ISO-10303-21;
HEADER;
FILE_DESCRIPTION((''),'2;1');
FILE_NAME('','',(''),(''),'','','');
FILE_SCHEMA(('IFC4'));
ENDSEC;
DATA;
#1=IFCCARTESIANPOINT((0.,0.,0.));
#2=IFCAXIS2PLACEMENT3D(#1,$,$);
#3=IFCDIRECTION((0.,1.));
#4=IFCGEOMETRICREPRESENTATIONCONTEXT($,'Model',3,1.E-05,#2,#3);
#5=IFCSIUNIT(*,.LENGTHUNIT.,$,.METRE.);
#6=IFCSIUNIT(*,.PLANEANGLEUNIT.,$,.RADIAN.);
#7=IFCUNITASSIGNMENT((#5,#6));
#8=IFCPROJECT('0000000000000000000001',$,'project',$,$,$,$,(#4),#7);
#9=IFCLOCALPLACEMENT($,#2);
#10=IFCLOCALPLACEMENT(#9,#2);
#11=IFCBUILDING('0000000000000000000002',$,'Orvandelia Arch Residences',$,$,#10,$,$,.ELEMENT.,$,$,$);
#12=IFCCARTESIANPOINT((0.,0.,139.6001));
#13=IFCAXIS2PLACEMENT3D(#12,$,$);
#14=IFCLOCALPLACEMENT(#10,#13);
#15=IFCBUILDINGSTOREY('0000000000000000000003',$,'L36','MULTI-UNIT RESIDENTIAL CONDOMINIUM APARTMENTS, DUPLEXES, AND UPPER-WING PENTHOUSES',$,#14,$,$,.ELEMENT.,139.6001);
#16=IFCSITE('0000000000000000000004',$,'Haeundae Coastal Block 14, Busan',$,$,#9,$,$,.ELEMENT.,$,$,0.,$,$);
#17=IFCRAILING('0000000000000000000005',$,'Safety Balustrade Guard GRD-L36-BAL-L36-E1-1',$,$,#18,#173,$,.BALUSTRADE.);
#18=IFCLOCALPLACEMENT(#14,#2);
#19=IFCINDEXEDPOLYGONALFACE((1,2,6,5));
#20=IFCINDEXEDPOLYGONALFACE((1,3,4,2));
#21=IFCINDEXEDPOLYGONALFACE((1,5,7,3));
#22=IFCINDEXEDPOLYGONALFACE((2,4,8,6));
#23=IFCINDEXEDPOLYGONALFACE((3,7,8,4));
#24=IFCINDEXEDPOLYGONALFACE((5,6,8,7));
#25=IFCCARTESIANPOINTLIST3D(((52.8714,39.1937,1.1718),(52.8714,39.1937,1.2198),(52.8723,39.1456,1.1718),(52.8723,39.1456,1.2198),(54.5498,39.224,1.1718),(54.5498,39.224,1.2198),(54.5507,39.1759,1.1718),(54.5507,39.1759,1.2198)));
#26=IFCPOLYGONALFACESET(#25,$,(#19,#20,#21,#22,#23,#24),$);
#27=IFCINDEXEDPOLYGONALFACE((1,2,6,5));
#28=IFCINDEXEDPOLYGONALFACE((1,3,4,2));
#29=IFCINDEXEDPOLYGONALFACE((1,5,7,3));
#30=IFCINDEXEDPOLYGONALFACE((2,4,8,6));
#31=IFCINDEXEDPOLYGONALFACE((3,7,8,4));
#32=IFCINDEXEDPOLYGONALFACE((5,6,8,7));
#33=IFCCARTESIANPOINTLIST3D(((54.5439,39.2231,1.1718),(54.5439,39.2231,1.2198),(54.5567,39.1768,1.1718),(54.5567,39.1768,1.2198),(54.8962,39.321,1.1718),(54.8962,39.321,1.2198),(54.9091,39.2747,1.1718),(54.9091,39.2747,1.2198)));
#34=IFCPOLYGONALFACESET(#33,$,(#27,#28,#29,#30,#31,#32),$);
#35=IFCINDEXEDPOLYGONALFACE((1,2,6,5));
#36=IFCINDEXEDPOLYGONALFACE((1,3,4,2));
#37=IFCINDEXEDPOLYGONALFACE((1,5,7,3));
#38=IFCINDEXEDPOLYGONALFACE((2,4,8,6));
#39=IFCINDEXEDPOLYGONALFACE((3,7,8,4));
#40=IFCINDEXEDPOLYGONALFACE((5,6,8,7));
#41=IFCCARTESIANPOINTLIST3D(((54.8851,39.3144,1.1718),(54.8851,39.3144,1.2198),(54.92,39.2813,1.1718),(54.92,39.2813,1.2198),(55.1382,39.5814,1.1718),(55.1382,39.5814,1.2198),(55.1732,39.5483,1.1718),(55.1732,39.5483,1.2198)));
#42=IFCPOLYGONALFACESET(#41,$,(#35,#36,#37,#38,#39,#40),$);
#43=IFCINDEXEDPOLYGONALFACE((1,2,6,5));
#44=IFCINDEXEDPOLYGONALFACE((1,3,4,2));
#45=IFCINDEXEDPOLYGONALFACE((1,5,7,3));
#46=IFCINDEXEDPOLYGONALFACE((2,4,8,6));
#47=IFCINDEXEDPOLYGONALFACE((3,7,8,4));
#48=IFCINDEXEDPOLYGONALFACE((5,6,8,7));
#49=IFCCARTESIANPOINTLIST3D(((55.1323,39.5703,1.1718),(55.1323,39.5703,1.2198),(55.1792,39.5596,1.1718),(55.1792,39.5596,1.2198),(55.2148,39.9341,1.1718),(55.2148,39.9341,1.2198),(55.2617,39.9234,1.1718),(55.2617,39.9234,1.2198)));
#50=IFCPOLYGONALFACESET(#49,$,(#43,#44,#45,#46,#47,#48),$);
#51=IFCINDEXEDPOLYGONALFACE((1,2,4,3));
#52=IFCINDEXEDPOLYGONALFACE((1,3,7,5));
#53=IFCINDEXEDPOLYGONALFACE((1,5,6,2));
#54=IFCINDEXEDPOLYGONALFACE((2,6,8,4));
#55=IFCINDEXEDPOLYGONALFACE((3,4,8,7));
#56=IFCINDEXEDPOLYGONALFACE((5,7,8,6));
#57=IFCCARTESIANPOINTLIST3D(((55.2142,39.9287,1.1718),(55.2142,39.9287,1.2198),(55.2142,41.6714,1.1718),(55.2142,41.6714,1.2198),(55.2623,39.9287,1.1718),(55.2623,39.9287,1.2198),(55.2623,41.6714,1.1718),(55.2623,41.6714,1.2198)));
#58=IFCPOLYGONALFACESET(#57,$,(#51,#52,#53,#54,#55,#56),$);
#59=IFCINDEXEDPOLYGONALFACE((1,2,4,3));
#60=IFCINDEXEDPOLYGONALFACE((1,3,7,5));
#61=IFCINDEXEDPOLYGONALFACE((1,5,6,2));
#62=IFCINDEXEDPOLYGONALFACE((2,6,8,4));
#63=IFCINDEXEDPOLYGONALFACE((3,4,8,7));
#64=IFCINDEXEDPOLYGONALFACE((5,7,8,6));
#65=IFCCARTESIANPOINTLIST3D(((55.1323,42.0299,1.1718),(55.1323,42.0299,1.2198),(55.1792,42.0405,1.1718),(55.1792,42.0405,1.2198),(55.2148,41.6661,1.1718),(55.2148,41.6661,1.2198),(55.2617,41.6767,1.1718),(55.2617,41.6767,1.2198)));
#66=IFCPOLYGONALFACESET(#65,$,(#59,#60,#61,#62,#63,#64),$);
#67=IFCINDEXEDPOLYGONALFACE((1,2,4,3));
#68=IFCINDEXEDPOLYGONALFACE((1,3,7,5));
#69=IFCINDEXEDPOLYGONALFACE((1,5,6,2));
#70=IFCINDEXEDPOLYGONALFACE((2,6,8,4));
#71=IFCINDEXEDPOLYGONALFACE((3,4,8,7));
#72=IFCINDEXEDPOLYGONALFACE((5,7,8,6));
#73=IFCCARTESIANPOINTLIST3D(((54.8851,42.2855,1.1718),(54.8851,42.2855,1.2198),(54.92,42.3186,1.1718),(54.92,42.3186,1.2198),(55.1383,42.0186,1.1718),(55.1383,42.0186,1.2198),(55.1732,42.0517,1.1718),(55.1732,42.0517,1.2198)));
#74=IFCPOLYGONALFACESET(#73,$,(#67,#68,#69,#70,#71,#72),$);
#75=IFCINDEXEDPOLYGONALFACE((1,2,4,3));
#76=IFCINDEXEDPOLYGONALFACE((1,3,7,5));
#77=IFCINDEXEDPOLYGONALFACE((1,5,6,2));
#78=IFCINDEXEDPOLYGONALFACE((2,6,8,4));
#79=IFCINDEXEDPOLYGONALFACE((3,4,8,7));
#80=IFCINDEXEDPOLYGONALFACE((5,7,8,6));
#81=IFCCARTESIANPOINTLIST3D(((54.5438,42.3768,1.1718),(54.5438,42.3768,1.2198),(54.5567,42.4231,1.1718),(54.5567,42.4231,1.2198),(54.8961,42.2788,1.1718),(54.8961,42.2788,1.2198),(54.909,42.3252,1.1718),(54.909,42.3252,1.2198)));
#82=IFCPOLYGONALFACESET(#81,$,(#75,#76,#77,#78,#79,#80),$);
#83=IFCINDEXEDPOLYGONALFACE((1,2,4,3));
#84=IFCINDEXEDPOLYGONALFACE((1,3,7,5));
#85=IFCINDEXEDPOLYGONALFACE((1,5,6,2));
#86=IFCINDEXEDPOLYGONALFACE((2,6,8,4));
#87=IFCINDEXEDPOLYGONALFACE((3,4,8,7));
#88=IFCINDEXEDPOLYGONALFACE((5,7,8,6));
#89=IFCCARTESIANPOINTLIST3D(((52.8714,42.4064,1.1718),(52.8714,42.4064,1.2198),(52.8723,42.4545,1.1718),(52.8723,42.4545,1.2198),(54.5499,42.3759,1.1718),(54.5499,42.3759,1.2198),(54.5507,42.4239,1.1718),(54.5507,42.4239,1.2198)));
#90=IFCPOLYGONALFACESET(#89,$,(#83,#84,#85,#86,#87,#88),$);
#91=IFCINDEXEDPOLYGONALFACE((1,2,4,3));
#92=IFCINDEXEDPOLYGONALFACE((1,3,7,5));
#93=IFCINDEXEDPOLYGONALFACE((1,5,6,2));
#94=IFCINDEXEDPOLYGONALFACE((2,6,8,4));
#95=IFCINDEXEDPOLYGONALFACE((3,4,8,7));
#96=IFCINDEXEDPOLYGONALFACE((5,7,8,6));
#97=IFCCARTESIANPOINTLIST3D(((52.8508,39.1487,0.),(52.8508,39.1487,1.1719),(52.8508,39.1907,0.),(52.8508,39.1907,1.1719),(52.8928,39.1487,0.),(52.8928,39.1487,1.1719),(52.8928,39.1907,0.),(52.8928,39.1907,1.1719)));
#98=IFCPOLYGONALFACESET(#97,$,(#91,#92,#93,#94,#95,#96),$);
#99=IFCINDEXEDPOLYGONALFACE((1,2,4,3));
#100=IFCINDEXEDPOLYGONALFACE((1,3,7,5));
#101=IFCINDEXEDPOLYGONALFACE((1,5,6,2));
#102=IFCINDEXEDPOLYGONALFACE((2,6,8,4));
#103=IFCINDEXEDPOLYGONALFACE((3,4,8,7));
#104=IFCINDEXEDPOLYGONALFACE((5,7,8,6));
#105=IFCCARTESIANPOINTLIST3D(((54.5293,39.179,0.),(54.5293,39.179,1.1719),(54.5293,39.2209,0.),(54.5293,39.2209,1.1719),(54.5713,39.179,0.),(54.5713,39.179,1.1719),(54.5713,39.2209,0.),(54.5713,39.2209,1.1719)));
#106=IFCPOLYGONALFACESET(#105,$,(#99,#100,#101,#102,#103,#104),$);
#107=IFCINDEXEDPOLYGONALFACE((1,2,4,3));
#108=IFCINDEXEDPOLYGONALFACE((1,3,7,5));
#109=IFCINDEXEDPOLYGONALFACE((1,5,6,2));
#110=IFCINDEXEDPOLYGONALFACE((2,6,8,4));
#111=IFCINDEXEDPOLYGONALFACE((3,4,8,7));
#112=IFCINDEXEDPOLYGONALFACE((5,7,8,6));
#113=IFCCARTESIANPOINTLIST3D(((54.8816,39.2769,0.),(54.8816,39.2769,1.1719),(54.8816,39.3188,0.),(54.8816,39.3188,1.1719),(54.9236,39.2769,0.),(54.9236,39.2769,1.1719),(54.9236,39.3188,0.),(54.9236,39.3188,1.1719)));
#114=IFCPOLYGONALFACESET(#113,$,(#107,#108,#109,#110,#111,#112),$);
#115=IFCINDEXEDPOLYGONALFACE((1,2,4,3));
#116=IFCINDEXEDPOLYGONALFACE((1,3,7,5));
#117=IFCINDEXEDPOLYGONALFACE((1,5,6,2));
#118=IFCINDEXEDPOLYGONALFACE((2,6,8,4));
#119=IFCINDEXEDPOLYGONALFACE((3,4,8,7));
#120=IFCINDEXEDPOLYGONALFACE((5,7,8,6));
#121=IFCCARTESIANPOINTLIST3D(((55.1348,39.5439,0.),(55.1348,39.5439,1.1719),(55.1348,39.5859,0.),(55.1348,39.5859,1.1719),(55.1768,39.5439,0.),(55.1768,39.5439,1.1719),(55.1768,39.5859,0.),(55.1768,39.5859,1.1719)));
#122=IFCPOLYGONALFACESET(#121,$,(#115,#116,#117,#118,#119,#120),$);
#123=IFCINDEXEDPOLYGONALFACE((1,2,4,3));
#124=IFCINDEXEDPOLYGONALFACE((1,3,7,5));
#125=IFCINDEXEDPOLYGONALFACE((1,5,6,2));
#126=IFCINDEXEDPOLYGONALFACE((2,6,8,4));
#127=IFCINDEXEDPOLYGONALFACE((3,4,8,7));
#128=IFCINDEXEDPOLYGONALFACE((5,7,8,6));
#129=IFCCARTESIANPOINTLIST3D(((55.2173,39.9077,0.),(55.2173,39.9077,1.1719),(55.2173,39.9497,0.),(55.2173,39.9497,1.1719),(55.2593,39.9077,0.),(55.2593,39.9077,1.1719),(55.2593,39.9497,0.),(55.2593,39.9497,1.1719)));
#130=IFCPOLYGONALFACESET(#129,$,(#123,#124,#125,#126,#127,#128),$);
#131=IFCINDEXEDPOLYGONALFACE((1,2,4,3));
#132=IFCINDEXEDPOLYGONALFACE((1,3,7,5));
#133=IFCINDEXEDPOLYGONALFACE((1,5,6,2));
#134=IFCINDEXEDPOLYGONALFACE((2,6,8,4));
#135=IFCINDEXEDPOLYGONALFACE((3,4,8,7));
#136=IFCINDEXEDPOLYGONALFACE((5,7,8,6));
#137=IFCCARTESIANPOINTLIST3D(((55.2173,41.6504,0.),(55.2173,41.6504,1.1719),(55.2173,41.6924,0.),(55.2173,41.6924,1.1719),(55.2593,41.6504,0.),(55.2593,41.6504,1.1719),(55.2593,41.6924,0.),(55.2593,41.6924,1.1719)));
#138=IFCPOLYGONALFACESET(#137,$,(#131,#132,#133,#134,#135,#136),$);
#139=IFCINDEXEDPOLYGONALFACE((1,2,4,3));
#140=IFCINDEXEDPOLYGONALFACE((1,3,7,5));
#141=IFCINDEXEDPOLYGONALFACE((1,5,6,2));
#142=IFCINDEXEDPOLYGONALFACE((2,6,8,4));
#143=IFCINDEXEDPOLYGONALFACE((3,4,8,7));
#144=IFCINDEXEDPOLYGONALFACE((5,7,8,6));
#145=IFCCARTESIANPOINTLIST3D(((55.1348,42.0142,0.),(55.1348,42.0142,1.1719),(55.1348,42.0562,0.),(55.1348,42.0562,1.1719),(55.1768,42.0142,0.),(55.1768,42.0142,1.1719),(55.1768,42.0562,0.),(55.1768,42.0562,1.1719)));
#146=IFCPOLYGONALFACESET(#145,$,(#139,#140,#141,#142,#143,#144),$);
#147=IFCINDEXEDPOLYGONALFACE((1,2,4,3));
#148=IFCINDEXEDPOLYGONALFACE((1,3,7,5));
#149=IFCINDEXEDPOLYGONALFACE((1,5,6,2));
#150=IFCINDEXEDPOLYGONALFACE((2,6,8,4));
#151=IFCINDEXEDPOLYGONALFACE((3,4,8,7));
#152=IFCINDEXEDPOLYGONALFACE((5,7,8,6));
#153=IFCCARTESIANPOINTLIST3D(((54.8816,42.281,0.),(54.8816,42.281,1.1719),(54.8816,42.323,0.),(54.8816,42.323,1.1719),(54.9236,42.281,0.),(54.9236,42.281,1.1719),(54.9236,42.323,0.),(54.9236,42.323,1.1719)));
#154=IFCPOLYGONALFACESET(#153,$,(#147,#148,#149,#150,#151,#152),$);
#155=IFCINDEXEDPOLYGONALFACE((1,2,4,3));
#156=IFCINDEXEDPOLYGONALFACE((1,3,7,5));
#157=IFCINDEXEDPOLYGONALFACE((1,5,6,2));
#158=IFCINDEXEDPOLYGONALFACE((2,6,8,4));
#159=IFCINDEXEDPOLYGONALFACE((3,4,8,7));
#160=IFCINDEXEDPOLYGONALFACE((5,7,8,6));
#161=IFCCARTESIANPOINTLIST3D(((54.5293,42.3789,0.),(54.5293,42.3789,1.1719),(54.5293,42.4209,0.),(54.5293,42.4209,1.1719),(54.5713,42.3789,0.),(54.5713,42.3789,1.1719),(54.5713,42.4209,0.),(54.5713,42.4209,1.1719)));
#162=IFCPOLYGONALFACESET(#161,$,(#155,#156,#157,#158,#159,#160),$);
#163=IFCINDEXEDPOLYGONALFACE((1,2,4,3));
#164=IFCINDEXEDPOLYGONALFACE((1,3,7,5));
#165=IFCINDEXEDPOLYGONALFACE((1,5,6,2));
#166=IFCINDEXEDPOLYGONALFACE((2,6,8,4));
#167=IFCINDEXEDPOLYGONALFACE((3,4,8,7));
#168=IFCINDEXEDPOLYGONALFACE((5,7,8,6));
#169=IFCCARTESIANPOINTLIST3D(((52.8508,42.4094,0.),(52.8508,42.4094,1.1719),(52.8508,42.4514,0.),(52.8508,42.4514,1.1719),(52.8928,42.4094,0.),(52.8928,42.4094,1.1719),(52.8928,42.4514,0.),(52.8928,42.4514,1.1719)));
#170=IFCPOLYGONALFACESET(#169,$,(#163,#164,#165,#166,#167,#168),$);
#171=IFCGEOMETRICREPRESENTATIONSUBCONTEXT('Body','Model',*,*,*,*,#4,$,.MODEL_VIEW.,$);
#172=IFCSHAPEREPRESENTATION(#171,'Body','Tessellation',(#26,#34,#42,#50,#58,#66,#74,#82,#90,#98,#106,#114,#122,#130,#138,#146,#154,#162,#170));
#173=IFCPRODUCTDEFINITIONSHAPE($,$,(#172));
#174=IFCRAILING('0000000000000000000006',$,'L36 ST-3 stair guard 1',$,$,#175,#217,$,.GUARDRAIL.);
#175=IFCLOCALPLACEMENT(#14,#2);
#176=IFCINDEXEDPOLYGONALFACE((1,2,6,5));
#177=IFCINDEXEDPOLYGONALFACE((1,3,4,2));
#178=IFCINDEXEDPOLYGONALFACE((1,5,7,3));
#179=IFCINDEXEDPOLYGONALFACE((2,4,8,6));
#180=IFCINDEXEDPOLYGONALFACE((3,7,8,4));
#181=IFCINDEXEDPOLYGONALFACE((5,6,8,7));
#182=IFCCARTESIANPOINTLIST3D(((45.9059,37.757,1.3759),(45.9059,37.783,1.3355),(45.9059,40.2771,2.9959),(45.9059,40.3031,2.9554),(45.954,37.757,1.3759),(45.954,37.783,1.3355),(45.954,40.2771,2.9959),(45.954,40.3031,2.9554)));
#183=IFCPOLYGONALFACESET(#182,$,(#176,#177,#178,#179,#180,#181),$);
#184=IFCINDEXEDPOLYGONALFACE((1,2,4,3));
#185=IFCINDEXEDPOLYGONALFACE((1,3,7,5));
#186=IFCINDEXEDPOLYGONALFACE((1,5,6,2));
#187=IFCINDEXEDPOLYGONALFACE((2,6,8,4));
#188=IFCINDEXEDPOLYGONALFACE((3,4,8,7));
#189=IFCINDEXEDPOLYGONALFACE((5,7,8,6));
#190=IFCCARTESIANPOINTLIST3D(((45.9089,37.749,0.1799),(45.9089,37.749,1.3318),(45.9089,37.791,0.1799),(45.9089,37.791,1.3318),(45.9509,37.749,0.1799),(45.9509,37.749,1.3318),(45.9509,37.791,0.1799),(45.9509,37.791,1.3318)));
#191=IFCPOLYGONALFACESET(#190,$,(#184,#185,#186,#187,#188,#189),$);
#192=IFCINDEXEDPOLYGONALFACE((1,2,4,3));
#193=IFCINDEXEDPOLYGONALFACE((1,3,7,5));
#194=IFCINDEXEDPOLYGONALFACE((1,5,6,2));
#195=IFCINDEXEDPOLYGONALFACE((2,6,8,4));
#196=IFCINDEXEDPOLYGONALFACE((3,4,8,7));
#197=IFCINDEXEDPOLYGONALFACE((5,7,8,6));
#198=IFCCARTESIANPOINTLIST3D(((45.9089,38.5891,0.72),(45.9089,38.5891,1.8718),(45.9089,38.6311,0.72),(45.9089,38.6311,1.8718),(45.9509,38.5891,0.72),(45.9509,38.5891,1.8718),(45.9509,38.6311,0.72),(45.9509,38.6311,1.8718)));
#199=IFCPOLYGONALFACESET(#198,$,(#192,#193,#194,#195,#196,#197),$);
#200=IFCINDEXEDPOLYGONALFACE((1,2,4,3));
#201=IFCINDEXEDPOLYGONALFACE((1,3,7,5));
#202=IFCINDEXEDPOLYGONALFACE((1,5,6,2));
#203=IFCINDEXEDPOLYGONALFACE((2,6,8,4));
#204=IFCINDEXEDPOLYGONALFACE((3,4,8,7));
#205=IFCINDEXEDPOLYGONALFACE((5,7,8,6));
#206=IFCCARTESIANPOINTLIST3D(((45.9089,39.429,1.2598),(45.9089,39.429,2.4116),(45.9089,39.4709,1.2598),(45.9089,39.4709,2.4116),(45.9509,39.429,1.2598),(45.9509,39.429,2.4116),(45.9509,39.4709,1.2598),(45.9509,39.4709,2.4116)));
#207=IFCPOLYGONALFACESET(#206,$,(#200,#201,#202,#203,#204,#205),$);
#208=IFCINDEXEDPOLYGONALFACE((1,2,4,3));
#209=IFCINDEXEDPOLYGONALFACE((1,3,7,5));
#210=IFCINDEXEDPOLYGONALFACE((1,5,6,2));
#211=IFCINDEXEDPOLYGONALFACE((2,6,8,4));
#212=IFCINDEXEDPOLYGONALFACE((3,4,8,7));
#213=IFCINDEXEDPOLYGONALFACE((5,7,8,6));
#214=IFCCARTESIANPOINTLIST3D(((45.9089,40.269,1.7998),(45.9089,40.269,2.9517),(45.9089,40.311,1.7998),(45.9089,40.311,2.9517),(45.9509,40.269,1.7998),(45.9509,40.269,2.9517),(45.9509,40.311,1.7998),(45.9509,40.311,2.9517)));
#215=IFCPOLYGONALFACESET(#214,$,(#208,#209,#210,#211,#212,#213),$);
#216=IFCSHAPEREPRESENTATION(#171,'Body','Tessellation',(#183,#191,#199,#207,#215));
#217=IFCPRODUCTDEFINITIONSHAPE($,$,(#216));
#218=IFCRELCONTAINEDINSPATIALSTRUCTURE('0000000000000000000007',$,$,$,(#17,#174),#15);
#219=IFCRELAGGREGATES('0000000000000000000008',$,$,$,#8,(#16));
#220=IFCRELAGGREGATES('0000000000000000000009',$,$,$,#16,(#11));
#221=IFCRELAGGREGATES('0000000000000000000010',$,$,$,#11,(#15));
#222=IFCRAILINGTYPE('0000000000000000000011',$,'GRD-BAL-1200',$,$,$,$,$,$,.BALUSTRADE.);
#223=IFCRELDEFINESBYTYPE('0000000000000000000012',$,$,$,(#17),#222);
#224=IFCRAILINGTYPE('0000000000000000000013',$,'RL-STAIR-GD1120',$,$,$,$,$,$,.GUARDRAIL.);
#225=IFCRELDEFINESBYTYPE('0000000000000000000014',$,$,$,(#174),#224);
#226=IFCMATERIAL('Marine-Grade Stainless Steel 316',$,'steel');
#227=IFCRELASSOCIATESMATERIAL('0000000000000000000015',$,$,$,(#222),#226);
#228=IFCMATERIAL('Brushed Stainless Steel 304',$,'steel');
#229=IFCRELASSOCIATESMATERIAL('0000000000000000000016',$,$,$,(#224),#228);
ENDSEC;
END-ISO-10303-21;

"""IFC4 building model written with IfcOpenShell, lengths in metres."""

from ifc_helpers import new_model, si_unit, direction, frame, origin, origin_2d, place, context, subcontext, project, spatial, rectangle, extrude, material, type_object, element, save


model = new_model("IFC4")

# Units and contexts
model_context = context("Model", 3, precision=1e-05, world=origin(), true_north=direction((0.0, 1.0)))
body_context = subcontext(model_context, "Body", "Model", "MODEL_VIEW")
ifc_project = project(units=[si_unit("LENGTHUNIT", "METRE"), si_unit("PLANEANGLEUNIT", "RADIAN")], contexts=[model_context])

# Site, building, storey
site_placement = place(None, origin())
site = spatial("IfcSite", under=ifc_project, at=site_placement, Name="Haeundae Coastal Block 14, Busan", CompositionType="ELEMENT", RefElevation=0.0)
building_placement = place(site_placement, origin())
building = spatial("IfcBuilding", under=site, at=building_placement, Name="Orvandelia Arch Residences", CompositionType="ELEMENT")
storey_placement = place(building_placement, frame((0.0, 0.0, 139.6001)))
storey = spatial("IfcBuildingStorey", under=building, at=storey_placement, Name="L36", Description="MULTI-UNIT RESIDENTIAL CONDOMINIUM APARTMENTS, DUPLEXES, AND UPPER-WING PENTHOUSES", CompositionType="ELEMENT", Elevation=139.6001)

# Railings
ifc_material_1 = material(Name="Marine-Grade Stainless Steel 316", Category="steel")
railing_type_1 = type_object("IfcRailingType", Name="GRD-BAL-1200", PredefinedType="BALUSTRADE", material=ifc_material_1)
railing_1_placement = place(storey_placement, frame((52.8718, 39.1697, 0.0)))
element("IfcRailing", 1, at=railing_1_placement, inside=storey, type_object=railing_type_1, Name="Safety Balustrade Guard GRD-L36-BAL-L36-E1-1", PredefinedType="BALUSTRADE", context=body_context, shape_type="SweptSolid", body=[
    extrude(rectangle(XDim=0.0481, YDim=0.0481, at=origin_2d()), frame((0.0, 0.0, 1.1958), z_axis=(0.999837, 0.018033, 0.0), x_axis=(-0.018033, 0.999837, 0.0)), (0.0, 0.0, 1.0), 1.6787),
    extrude(rectangle(XDim=0.0481, YDim=0.0481, at=origin_2d()), frame((1.6785, 0.0303, 1.1958), z_axis=(0.963489, 0.267747, 0.0), x_axis=(-0.267747, 0.963489, 0.0)), (0.0, 0.0, 1.0), 0.3657),
    extrude(rectangle(XDim=0.0481, YDim=0.0481, at=origin_2d()), frame((2.0308, 0.1282, 1.1958), z_axis=(0.687947, 0.725761, 0.0), x_axis=(-0.725761, 0.687947, 0.0)), (0.0, 0.0, 1.0), 0.3679),
    extrude(rectangle(XDim=0.0481, YDim=0.0481, at=origin_2d()), frame((2.2839, 0.3953, 1.1958), z_axis=(0.221225, 0.975223, 0.0), x_axis=(-0.975223, 0.221225, 0.0)), (0.0, 0.0, 1.0), 0.373),
    extrude(rectangle(XDim=0.0481, YDim=0.0481, at=origin_2d()), frame((2.3665, 0.759, 1.1958), z_axis=(0.0, 1.0, 0.0), x_axis=(-1.0, 0.0, 0.0)), (0.0, 0.0, 1.0), 1.7427),
    extrude(rectangle(XDim=0.0481, YDim=0.0481, at=origin_2d()), frame((2.3665, 2.5017, 1.1958), z_axis=(-0.221225, 0.975223, 0.0), x_axis=(-0.975223, -0.221225, 0.0)), (0.0, 0.0, 1.0), 0.373),
    extrude(rectangle(XDim=0.0481, YDim=0.0481, at=origin_2d()), frame((2.2839, 2.8655, 1.1958), z_axis=(-0.688278, 0.725447, 0.0), x_axis=(-0.725447, -0.688278, 0.0)), (0.0, 0.0, 1.0), 0.3679),
    extrude(rectangle(XDim=0.0481, YDim=0.0481, at=origin_2d()), frame((2.0308, 3.1323, 1.1958), z_axis=(-0.963489, 0.267747, 0.0), x_axis=(-0.267747, -0.963489, 0.0)), (0.0, 0.0, 1.0), 0.3657),
    extrude(rectangle(XDim=0.0481, YDim=0.0481, at=origin_2d()), frame((1.6785, 3.2302, 1.1958), z_axis=(-0.999835, 0.018179, 0.0), x_axis=(-0.018179, -0.999835, 0.0)), (0.0, 0.0, 1.0), 1.6787),
    extrude(rectangle(XDim=0.042, YDim=0.042, at=origin_2d()), origin(), (0.0, 0.0, 1.0), 1.1719),
    extrude(rectangle(XDim=0.042, YDim=0.042, at=origin_2d()), frame((1.6785, 0.0303, 0.0)), (0.0, 0.0, 1.0), 1.1719),
    extrude(rectangle(XDim=0.042, YDim=0.042, at=origin_2d()), frame((2.0308, 0.1282, 0.0)), (0.0, 0.0, 1.0), 1.1719),
    extrude(rectangle(XDim=0.042, YDim=0.042, at=origin_2d()), frame((2.2839, 0.3953, 0.0)), (0.0, 0.0, 1.0), 1.1719),
    extrude(rectangle(XDim=0.042, YDim=0.042, at=origin_2d()), frame((2.3665, 0.759, 0.0)), (0.0, 0.0, 1.0), 1.1719),
    extrude(rectangle(XDim=0.042, YDim=0.042, at=origin_2d()), frame((2.3665, 2.5017, 0.0)), (0.0, 0.0, 1.0), 1.1719),
    extrude(rectangle(XDim=0.042, YDim=0.042, at=origin_2d()), frame((2.2839, 2.8655, 0.0)), (0.0, 0.0, 1.0), 1.1719),
    extrude(rectangle(XDim=0.042, YDim=0.042, at=origin_2d()), frame((2.0308, 3.1323, 0.0)), (0.0, 0.0, 1.0), 1.1719),
    extrude(rectangle(XDim=0.042, YDim=0.042, at=origin_2d()), frame((1.6785, 3.2302, 0.0)), (0.0, 0.0, 1.0), 1.1719),
    extrude(rectangle(XDim=0.042, YDim=0.042, at=origin_2d()), frame((0.0, 3.2607, 0.0)), (0.0, 0.0, 1.0), 1.1719),
])
ifc_material_2 = material(Name="Brushed Stainless Steel 304", Category="steel")
railing_type_2 = type_object("IfcRailingType", Name="RL-STAIR-GD1120", PredefinedType="GUARDRAIL", material=ifc_material_2)
railing_2_placement = place(storey_placement, frame((45.9299, 37.77, 0.1799)))
element("IfcRailing", 2, at=railing_2_placement, inside=storey, type_object=railing_type_2, Name="L36 ST-3 stair guard 1", PredefinedType="GUARDRAIL", context=body_context, shape_type="SweptSolid", body=[
    extrude(rectangle(XDim=0.0481, YDim=0.0481, at=origin_2d()), frame((0.0, 0.0, 1.1758), z_axis=(0.0, 0.8412, 0.540725), x_axis=(-1.0, 0.0, 0.0)), (0.0, 0.0, 1.0), 2.9958),
    extrude(rectangle(XDim=0.042, YDim=0.042, at=origin_2d()), origin(), (0.0, 0.0, 1.0), 1.1519),
    extrude(rectangle(XDim=0.042, YDim=0.042, at=origin_2d()), frame((0.0, 0.8401, 0.54)), (0.0, 0.0, 1.0), 1.1519),
    extrude(rectangle(XDim=0.042, YDim=0.042, at=origin_2d()), frame((0.0, 1.6799, 1.0798)), (0.0, 0.0, 1.0), 1.1519),
    extrude(rectangle(XDim=0.042, YDim=0.042, at=origin_2d()), frame((0.0, 2.52, 1.6199)), (0.0, 0.0, 1.0), 1.1519),
])

save(model, "model.ifc")
